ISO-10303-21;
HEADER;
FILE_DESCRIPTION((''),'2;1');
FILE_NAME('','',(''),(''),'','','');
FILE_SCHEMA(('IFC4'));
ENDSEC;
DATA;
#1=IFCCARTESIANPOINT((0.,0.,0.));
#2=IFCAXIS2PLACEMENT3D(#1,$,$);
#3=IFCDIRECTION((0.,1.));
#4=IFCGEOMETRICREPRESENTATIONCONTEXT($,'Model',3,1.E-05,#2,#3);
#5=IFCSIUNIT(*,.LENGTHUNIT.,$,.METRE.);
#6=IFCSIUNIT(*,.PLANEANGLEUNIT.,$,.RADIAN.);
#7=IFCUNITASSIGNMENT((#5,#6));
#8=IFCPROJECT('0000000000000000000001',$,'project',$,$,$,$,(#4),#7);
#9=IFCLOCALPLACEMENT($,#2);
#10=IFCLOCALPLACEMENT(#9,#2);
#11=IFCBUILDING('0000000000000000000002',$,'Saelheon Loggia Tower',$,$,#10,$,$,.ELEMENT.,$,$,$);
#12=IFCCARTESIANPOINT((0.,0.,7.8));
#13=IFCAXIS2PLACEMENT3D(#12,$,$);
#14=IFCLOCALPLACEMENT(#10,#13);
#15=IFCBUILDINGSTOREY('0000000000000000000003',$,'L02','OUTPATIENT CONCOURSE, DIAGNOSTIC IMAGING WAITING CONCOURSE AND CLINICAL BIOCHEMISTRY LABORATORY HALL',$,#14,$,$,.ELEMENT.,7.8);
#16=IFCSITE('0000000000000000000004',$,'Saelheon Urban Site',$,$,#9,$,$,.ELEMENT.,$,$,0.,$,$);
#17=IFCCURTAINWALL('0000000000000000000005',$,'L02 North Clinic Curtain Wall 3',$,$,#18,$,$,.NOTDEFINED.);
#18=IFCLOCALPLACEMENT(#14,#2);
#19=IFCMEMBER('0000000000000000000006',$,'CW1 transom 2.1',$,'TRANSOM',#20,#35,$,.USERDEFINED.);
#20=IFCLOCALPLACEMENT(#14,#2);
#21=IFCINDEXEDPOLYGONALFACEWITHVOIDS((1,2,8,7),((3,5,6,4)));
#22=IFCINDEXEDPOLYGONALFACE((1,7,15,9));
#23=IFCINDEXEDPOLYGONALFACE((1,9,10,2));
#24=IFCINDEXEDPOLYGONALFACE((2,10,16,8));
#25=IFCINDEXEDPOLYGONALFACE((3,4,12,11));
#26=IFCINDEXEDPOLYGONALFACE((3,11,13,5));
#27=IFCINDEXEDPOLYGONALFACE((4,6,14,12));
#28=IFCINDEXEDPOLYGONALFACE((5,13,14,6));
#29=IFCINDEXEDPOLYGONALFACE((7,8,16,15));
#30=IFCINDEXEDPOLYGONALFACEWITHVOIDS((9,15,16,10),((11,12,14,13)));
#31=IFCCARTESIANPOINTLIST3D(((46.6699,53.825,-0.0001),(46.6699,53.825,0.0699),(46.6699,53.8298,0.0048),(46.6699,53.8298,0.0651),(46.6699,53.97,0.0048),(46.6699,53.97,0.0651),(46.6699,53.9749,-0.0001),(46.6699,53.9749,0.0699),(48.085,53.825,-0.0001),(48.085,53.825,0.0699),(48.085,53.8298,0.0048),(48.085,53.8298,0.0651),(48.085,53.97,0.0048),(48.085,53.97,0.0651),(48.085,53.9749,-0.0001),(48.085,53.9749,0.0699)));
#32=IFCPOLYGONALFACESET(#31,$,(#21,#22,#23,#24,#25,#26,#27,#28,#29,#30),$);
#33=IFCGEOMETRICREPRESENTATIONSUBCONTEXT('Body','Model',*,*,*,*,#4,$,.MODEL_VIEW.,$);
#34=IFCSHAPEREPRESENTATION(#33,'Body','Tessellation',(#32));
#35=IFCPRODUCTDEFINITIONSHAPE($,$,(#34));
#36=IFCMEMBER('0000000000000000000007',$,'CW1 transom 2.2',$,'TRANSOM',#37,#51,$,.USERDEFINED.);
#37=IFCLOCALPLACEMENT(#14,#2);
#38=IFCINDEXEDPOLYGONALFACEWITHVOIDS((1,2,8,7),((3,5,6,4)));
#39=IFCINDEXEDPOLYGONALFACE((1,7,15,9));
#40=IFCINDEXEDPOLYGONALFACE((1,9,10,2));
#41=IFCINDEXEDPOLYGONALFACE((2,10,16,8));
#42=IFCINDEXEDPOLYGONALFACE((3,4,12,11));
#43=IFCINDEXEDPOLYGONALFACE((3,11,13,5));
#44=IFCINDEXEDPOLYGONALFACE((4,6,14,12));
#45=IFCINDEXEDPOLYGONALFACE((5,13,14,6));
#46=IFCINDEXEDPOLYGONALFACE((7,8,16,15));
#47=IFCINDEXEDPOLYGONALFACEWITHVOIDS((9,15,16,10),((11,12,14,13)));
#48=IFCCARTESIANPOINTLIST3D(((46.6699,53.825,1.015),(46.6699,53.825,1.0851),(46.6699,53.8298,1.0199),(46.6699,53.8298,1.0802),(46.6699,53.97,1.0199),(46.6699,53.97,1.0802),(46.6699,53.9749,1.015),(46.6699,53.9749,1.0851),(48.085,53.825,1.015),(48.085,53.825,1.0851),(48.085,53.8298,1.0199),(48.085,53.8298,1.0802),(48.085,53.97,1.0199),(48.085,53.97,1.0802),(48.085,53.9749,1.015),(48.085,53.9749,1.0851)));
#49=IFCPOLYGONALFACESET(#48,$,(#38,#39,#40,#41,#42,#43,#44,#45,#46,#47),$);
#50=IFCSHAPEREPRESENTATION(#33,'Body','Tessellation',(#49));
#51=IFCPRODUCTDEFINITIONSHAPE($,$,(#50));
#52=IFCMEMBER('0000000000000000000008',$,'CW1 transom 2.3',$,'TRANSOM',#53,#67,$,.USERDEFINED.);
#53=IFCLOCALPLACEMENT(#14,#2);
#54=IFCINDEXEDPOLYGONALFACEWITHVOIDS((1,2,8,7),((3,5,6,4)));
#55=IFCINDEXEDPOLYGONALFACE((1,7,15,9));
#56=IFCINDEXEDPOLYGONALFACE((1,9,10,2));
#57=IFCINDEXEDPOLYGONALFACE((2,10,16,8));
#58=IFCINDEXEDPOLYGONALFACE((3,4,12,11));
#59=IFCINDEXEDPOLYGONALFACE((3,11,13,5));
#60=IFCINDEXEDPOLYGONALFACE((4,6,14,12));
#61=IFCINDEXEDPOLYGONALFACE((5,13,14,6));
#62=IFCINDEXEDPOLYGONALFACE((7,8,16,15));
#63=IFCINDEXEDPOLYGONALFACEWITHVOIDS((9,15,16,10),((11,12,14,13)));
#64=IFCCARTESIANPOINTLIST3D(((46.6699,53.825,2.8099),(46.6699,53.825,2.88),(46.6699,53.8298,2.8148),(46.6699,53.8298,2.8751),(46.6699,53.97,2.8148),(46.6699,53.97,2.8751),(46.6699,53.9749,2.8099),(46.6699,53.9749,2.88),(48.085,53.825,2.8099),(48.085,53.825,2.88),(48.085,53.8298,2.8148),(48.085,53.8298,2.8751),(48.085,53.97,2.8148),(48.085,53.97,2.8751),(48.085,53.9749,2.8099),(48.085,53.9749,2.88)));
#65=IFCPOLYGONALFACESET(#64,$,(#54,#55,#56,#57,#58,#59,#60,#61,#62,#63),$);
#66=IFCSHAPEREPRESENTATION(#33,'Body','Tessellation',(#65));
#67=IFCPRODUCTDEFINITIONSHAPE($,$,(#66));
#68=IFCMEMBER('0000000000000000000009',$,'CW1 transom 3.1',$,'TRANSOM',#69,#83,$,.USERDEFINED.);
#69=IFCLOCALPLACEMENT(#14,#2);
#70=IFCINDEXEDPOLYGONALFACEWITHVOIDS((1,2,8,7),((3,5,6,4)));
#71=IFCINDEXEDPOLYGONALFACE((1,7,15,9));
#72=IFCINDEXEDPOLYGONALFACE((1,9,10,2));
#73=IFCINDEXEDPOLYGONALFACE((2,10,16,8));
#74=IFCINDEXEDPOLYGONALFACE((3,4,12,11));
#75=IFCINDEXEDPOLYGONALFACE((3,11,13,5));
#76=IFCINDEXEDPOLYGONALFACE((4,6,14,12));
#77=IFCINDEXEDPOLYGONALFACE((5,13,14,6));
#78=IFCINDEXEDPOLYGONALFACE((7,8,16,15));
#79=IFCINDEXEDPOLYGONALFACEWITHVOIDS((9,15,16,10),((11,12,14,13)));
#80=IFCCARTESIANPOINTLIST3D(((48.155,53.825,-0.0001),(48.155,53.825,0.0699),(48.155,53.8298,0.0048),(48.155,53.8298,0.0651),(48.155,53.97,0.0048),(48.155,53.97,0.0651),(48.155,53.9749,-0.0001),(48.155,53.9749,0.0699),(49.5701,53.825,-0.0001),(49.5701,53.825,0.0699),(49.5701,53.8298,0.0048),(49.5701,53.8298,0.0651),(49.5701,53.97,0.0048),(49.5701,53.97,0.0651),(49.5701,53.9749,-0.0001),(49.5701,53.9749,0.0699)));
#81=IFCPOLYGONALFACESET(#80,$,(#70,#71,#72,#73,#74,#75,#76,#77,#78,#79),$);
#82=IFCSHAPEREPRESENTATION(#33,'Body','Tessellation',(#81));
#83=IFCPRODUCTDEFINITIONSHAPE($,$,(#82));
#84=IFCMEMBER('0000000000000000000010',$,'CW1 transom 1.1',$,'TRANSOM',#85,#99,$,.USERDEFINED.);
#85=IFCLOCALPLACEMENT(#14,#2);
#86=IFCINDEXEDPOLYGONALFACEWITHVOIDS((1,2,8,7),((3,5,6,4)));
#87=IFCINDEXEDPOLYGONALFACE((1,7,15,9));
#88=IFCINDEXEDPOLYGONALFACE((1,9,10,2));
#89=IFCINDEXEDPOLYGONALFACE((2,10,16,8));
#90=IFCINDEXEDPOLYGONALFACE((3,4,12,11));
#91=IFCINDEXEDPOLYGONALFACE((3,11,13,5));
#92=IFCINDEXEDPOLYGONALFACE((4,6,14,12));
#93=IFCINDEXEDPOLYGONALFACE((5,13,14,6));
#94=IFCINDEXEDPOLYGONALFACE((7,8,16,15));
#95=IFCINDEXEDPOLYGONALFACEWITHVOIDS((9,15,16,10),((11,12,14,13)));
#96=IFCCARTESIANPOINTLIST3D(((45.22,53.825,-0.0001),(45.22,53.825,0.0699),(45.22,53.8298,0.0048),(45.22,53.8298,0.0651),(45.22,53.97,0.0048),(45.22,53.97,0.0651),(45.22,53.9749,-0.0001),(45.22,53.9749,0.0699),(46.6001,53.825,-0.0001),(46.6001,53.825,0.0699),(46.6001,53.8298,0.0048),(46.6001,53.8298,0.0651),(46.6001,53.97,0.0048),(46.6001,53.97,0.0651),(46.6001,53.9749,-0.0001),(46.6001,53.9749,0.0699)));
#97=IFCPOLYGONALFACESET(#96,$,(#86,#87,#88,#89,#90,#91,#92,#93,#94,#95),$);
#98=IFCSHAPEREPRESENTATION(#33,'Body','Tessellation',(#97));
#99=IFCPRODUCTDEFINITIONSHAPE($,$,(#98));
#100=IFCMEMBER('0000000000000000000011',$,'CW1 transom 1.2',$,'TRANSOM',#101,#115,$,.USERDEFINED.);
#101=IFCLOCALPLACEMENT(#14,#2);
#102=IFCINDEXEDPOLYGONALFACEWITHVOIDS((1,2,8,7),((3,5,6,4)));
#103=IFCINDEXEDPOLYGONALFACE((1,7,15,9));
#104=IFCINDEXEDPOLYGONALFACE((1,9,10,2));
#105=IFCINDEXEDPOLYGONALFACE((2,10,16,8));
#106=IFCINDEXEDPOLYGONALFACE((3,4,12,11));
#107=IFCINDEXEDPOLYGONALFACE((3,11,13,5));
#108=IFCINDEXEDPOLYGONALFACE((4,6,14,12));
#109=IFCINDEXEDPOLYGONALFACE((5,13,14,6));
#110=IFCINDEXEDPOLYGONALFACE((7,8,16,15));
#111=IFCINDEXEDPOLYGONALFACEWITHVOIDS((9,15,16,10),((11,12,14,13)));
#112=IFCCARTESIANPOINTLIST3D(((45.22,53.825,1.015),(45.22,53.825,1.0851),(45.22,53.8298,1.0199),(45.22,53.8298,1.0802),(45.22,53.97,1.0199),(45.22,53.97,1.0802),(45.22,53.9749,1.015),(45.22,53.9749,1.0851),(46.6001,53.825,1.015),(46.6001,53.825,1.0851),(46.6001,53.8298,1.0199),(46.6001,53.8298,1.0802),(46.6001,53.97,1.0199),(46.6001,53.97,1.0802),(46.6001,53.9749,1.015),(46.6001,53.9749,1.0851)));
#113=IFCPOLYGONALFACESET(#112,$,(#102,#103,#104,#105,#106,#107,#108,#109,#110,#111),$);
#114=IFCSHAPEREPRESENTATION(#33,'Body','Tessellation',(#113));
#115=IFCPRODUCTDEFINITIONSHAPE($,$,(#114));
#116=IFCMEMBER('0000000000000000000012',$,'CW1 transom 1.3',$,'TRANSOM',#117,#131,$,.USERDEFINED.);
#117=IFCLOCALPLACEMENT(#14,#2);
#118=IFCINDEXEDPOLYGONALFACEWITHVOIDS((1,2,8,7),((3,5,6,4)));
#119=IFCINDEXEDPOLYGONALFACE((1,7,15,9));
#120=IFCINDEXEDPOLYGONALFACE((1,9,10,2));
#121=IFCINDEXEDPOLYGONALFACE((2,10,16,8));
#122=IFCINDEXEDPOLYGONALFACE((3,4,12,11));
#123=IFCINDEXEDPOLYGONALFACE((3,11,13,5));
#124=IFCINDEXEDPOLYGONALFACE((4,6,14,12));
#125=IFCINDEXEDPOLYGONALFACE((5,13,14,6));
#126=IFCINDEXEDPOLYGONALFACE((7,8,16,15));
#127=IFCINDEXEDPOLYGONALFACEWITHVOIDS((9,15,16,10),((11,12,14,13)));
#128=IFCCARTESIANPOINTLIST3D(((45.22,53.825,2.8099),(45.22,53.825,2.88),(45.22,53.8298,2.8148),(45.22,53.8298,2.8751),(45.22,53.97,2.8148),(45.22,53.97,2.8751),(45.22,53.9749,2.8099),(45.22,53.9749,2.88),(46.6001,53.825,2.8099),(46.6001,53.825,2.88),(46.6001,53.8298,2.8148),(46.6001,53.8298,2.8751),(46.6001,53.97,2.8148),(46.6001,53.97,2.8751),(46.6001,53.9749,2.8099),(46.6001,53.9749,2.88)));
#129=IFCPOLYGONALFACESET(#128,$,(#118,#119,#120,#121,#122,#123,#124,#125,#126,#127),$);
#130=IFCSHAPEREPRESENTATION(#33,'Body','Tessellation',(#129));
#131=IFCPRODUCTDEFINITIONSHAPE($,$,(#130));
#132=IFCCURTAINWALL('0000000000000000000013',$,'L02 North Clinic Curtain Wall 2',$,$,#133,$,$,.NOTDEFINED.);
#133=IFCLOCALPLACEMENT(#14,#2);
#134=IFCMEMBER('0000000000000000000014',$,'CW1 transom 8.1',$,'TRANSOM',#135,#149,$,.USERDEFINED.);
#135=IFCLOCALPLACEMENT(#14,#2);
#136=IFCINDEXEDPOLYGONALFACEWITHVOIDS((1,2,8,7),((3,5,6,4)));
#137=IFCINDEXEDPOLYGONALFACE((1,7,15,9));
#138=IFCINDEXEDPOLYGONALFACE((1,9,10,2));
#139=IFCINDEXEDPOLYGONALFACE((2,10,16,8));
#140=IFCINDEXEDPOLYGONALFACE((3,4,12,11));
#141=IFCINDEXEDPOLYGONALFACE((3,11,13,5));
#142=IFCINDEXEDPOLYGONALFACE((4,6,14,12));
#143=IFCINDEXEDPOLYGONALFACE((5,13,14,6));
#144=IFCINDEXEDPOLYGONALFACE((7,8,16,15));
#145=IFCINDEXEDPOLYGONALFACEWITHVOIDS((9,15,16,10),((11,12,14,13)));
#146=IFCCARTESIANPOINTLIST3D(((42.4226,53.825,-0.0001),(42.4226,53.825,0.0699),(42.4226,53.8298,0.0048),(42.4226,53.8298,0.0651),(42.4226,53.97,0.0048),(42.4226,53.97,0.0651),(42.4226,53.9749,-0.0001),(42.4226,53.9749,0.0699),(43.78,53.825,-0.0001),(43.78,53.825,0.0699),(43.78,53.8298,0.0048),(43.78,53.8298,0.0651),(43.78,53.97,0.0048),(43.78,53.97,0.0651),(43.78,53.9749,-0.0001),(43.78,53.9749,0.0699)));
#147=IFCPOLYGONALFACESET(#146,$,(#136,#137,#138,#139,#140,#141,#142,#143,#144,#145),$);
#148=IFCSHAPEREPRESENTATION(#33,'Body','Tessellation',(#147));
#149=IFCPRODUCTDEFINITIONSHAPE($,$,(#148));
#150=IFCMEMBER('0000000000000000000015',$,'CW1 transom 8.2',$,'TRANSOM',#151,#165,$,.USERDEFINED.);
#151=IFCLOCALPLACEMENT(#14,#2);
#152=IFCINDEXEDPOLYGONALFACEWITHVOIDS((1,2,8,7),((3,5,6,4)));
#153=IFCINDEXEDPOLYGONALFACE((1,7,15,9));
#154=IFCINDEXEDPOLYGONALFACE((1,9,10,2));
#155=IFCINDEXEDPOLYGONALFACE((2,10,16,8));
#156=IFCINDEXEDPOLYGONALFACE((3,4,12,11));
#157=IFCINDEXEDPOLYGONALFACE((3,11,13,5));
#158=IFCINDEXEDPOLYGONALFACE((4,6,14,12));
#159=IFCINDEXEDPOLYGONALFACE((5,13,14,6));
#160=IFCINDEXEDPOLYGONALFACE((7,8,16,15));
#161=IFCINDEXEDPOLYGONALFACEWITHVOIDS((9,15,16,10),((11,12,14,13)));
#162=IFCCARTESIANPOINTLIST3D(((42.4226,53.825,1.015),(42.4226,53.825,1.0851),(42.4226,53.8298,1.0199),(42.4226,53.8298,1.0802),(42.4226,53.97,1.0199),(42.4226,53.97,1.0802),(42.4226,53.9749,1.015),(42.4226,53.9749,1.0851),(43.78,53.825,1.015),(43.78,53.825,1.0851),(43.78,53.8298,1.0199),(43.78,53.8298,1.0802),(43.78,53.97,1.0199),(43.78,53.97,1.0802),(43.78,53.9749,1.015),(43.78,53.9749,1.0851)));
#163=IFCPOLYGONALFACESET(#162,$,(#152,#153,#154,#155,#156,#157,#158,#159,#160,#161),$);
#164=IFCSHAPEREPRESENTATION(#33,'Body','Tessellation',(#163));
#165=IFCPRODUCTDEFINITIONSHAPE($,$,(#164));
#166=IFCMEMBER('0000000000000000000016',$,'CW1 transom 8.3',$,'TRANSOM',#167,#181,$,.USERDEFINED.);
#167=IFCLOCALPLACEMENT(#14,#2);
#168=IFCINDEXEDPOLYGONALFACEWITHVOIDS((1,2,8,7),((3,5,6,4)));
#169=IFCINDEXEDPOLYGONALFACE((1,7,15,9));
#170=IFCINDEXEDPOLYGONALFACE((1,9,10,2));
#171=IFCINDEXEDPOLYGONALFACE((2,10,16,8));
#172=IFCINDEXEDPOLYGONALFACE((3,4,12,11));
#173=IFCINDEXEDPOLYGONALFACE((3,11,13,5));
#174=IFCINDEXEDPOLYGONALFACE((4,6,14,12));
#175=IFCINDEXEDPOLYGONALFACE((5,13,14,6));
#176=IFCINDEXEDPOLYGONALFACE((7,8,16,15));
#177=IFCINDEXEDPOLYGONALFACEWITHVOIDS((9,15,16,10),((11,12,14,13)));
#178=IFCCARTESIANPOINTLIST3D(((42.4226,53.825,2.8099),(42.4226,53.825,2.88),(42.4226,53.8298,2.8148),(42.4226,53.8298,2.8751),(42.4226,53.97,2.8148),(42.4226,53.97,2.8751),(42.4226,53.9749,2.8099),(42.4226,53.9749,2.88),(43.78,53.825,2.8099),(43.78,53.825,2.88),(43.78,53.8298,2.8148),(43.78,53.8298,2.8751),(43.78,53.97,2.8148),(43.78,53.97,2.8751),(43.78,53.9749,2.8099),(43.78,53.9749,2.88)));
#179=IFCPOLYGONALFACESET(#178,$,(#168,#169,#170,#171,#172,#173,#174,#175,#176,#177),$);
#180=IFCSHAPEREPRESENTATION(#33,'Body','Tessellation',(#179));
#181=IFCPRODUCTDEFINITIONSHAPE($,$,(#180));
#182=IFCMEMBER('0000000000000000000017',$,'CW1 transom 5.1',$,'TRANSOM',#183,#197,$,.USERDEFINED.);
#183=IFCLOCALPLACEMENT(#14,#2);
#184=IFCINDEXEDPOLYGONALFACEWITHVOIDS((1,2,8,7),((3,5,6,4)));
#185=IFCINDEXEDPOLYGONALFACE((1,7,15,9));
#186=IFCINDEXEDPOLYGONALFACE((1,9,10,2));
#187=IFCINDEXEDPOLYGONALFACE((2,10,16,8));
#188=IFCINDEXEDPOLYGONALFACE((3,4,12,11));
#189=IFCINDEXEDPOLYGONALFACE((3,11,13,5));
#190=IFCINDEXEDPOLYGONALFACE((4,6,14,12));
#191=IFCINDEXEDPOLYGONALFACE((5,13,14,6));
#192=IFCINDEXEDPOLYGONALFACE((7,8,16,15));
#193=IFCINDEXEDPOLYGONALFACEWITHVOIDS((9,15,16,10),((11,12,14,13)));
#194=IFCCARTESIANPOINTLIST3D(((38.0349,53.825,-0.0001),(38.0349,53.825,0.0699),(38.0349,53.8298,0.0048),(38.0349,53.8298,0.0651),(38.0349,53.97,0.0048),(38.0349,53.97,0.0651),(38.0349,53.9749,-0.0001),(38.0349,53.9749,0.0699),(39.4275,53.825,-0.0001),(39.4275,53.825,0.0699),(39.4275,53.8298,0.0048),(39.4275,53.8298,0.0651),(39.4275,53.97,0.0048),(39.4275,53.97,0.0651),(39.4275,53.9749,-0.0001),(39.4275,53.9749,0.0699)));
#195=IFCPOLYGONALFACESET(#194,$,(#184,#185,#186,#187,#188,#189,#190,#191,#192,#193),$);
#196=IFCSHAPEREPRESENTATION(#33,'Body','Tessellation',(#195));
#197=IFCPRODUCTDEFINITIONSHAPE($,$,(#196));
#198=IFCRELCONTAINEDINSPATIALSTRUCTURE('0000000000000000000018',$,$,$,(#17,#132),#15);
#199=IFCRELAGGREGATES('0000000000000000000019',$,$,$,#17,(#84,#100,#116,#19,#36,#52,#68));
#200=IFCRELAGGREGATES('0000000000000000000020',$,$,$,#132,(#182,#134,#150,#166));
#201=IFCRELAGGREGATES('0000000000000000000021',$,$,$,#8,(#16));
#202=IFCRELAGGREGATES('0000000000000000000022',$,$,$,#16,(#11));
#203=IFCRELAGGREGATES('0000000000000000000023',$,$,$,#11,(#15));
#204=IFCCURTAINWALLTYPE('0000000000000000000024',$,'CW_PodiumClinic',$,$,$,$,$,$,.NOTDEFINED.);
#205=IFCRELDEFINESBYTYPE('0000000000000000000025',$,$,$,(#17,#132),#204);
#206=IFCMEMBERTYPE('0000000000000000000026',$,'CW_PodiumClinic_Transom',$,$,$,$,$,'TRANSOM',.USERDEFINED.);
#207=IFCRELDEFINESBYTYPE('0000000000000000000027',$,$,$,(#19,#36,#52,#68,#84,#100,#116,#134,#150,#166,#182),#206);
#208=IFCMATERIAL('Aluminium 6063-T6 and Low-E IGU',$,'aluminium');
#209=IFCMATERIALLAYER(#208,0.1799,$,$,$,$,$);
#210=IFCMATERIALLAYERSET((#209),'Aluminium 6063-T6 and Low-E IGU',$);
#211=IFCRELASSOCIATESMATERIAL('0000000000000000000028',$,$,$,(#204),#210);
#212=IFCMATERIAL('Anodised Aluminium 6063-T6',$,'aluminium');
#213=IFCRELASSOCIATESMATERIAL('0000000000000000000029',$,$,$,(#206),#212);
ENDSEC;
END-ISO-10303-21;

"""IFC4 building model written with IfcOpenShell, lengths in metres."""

from ifc_helpers import new_model, si_unit, direction, frame, origin, origin_2d, place, context, subcontext, project, spatial, hollow_rectangle, extrude, source, transform, mapped, material, layer, layer_set, material_profile, profile_set, type_object, element, aggregate, save


model = new_model("IFC4")

# Units and contexts
model_context = context("Model", 3, precision=1e-05, world=origin(), true_north=direction((0.0, 1.0)))
body_context = subcontext(model_context, "Body", "Model", "MODEL_VIEW")
ifc_project = project(units=[si_unit("LENGTHUNIT", "METRE"), si_unit("PLANEANGLEUNIT", "RADIAN")], contexts=[model_context])

# Site, building, storey
site_placement = place(None, origin())
site = spatial("IfcSite", under=ifc_project, at=site_placement, Name="Saelheon Urban Site", CompositionType="ELEMENT", RefElevation=0.0)
building_placement = place(site_placement, origin())
building = spatial("IfcBuilding", under=site, at=building_placement, Name="Saelheon Loggia Tower", CompositionType="ELEMENT")
storey_placement = place(building_placement, frame((0.0, 0.0, 7.8)))
storey = spatial("IfcBuildingStorey", under=building, at=storey_placement, Name="L02", Description="OUTPATIENT CONCOURSE, DIAGNOSTIC IMAGING WAITING CONCOURSE AND CLINICAL BIOCHEMISTRY LABORATORY HALL", CompositionType="ELEMENT", Elevation=7.8)

# Curtain walls, members
ifc_material_1 = material(Name="Aluminium 6063-T6 and Low-E IGU", Category="aluminium")
ifc_layer_1 = layer(ifc_material_1, 0.1799)
ifc_layer_set_1 = layer_set([ifc_layer_1], Name="Aluminium 6063-T6 and Low-E IGU")
curtain_wall_type = type_object("IfcCurtainWallType", Name="CW_PodiumClinic", PredefinedType="NOTDEFINED", material=ifc_layer_set_1)
curtain_wall_1_placement = place(storey_placement, origin())
curtain_wall_1 = element("IfcCurtainWall", 1, at=curtain_wall_1_placement, inside=storey, type_object=curtain_wall_type, Name="L02 North Clinic Curtain Wall 3", PredefinedType="NOTDEFINED")
ifc_material_2 = material(Name="Anodised Aluminium 6063-T6", Category="aluminium")
ifc_material_profile_1 = material_profile(ifc_material_2, hollow_rectangle(XDim=0.0701, YDim=0.1499, WallThickness=0.0049, at=origin_2d()), Name="RHS-150x70x5")
ifc_profile_set_1 = profile_set([ifc_material_profile_1], Name="Anodised Aluminium 6063-T6")
member_type_1 = type_object("IfcMemberType", Name="CW_PodiumClinic_Transom", ElementType="TRANSOM", PredefinedType="USERDEFINED", material=ifc_profile_set_1)
shared_shape_1 = source(origin(), body_context, "Body", "SweptSolid", [
    extrude(hollow_rectangle(XDim=0.0701, YDim=0.1499, WallThickness=0.0049, at=origin_2d()), origin(), (0.0, 0.0, 1.0), 1.415),
])
member_1_placement = place(storey_placement, frame((46.6699, 53.8999, 0.0349), z_axis=(1.0, 0.0, 0.0), x_axis=(0.0, 0.0, 1.0)))
member_1 = element("IfcMember", 2, at=member_1_placement, type_object=member_type_1, Name="CW1 transom 2.1", ObjectType="TRANSOM", PredefinedType="USERDEFINED", context=body_context, shape_type="MappedRepresentation", body=[
    mapped(shared_shape_1, transform((0.0, 0.0, 0.0), scale=1.0)),
])
member_2_placement = place(storey_placement, frame((46.6699, 53.8999, 1.05), z_axis=(1.0, 0.0, 0.0), x_axis=(0.0, 0.0, 1.0)))
member_2 = element("IfcMember", 3, at=member_2_placement, type_object=member_type_1, Name="CW1 transom 2.2", ObjectType="TRANSOM", PredefinedType="USERDEFINED", context=body_context, shape_type="MappedRepresentation", body=[
    mapped(shared_shape_1, transform((0.0, 0.0, 0.0), scale=1.0)),
])
member_3_placement = place(storey_placement, frame((46.6699, 53.8999, 2.845), z_axis=(1.0, 0.0, 0.0), x_axis=(0.0, 0.0, 1.0)))
member_3 = element("IfcMember", 4, at=member_3_placement, type_object=member_type_1, Name="CW1 transom 2.3", ObjectType="TRANSOM", PredefinedType="USERDEFINED", context=body_context, shape_type="MappedRepresentation", body=[
    mapped(shared_shape_1, transform((0.0, 0.0, 0.0), scale=1.0)),
])
member_4_placement = place(storey_placement, frame((48.155, 53.8999, 0.0349), z_axis=(1.0, 0.0, 0.0), x_axis=(0.0, 0.0, 1.0)))
member_4 = element("IfcMember", 5, at=member_4_placement, type_object=member_type_1, Name="CW1 transom 3.1", ObjectType="TRANSOM", PredefinedType="USERDEFINED", context=body_context, shape_type="MappedRepresentation", body=[
    mapped(shared_shape_1, transform((0.0, 0.0, 0.0), scale=1.0)),
])
shared_shape_2 = source(origin(), body_context, "Body", "SweptSolid", [
    extrude(hollow_rectangle(XDim=0.0701, YDim=0.1499, WallThickness=0.0049, at=origin_2d()), origin(), (0.0, 0.0, 1.0), 1.3801),
])
member_5_placement = place(storey_placement, frame((45.22, 53.8999, 0.0349), z_axis=(1.0, 0.0, 0.0), x_axis=(0.0, 0.0, 1.0)))
member_5 = element("IfcMember", 6, at=member_5_placement, type_object=member_type_1, Name="CW1 transom 1.1", ObjectType="TRANSOM", PredefinedType="USERDEFINED", context=body_context, shape_type="MappedRepresentation", body=[
    mapped(shared_shape_2, transform((0.0, 0.0, 0.0), scale=1.0)),
])
member_6_placement = place(storey_placement, frame((45.22, 53.8999, 1.05), z_axis=(1.0, 0.0, 0.0), x_axis=(0.0, 0.0, 1.0)))
member_6 = element("IfcMember", 7, at=member_6_placement, type_object=member_type_1, Name="CW1 transom 1.2", ObjectType="TRANSOM", PredefinedType="USERDEFINED", context=body_context, shape_type="MappedRepresentation", body=[
    mapped(shared_shape_2, transform((0.0, 0.0, 0.0), scale=1.0)),
])
member_7_placement = place(storey_placement, frame((45.22, 53.8999, 2.845), z_axis=(1.0, 0.0, 0.0), x_axis=(0.0, 0.0, 1.0)))
member_7 = element("IfcMember", 8, at=member_7_placement, type_object=member_type_1, Name="CW1 transom 1.3", ObjectType="TRANSOM", PredefinedType="USERDEFINED", context=body_context, shape_type="MappedRepresentation", body=[
    mapped(shared_shape_2, transform((0.0, 0.0, 0.0), scale=1.0)),
])
curtain_wall_2_placement = place(storey_placement, origin())
curtain_wall_2 = element("IfcCurtainWall", 9, at=curtain_wall_2_placement, inside=storey, type_object=curtain_wall_type, Name="L02 North Clinic Curtain Wall 2", PredefinedType="NOTDEFINED")
shared_shape_3 = source(origin(), body_context, "Body", "SweptSolid", [
    extrude(hollow_rectangle(XDim=0.0701, YDim=0.1499, WallThickness=0.0049, at=origin_2d()), origin(), (0.0, 0.0, 1.0), 1.3574),
])
member_8_placement = place(storey_placement, frame((42.4226, 53.8999, 0.0349), z_axis=(1.0, 0.0, 0.0), x_axis=(0.0, 0.0, 1.0)))
member_8 = element("IfcMember", 10, at=member_8_placement, type_object=member_type_1, Name="CW1 transom 8.1", ObjectType="TRANSOM", PredefinedType="USERDEFINED", context=body_context, shape_type="MappedRepresentation", body=[
    mapped(shared_shape_3, transform((0.0, 0.0, 0.0), scale=1.0)),
])
member_9_placement = place(storey_placement, frame((42.4226, 53.8999, 1.05), z_axis=(1.0, 0.0, 0.0), x_axis=(0.0, 0.0, 1.0)))
member_9 = element("IfcMember", 11, at=member_9_placement, type_object=member_type_1, Name="CW1 transom 8.2", ObjectType="TRANSOM", PredefinedType="USERDEFINED", context=body_context, shape_type="MappedRepresentation", body=[
    mapped(shared_shape_3, transform((0.0, 0.0, 0.0), scale=1.0)),
])
member_10_placement = place(storey_placement, frame((42.4226, 53.8999, 2.845), z_axis=(1.0, 0.0, 0.0), x_axis=(0.0, 0.0, 1.0)))
member_10 = element("IfcMember", 12, at=member_10_placement, type_object=member_type_1, Name="CW1 transom 8.3", ObjectType="TRANSOM", PredefinedType="USERDEFINED", context=body_context, shape_type="MappedRepresentation", body=[
    mapped(shared_shape_3, transform((0.0, 0.0, 0.0), scale=1.0)),
])
shared_shape_4 = source(origin(), body_context, "Body", "SweptSolid", [
    extrude(hollow_rectangle(XDim=0.0701, YDim=0.1499, WallThickness=0.0049, at=origin_2d()), origin(), (0.0, 0.0, 1.0), 1.3926),
])
member_11_placement = place(storey_placement, frame((38.0349, 53.8999, 0.0349), z_axis=(1.0, 0.0, 0.0), x_axis=(0.0, 0.0, 1.0)))
member_11 = element("IfcMember", 13, at=member_11_placement, type_object=member_type_1, Name="CW1 transom 5.1", ObjectType="TRANSOM", PredefinedType="USERDEFINED", context=body_context, shape_type="MappedRepresentation", body=[
    mapped(shared_shape_4, transform((0.0, 0.0, 0.0), scale=1.0)),
])

aggregate(curtain_wall_1, [member_5, member_6, member_7, member_1, member_2, member_3, member_4])
aggregate(curtain_wall_2, [member_11, member_8, member_9, member_10])

save(model, "model.ifc")
